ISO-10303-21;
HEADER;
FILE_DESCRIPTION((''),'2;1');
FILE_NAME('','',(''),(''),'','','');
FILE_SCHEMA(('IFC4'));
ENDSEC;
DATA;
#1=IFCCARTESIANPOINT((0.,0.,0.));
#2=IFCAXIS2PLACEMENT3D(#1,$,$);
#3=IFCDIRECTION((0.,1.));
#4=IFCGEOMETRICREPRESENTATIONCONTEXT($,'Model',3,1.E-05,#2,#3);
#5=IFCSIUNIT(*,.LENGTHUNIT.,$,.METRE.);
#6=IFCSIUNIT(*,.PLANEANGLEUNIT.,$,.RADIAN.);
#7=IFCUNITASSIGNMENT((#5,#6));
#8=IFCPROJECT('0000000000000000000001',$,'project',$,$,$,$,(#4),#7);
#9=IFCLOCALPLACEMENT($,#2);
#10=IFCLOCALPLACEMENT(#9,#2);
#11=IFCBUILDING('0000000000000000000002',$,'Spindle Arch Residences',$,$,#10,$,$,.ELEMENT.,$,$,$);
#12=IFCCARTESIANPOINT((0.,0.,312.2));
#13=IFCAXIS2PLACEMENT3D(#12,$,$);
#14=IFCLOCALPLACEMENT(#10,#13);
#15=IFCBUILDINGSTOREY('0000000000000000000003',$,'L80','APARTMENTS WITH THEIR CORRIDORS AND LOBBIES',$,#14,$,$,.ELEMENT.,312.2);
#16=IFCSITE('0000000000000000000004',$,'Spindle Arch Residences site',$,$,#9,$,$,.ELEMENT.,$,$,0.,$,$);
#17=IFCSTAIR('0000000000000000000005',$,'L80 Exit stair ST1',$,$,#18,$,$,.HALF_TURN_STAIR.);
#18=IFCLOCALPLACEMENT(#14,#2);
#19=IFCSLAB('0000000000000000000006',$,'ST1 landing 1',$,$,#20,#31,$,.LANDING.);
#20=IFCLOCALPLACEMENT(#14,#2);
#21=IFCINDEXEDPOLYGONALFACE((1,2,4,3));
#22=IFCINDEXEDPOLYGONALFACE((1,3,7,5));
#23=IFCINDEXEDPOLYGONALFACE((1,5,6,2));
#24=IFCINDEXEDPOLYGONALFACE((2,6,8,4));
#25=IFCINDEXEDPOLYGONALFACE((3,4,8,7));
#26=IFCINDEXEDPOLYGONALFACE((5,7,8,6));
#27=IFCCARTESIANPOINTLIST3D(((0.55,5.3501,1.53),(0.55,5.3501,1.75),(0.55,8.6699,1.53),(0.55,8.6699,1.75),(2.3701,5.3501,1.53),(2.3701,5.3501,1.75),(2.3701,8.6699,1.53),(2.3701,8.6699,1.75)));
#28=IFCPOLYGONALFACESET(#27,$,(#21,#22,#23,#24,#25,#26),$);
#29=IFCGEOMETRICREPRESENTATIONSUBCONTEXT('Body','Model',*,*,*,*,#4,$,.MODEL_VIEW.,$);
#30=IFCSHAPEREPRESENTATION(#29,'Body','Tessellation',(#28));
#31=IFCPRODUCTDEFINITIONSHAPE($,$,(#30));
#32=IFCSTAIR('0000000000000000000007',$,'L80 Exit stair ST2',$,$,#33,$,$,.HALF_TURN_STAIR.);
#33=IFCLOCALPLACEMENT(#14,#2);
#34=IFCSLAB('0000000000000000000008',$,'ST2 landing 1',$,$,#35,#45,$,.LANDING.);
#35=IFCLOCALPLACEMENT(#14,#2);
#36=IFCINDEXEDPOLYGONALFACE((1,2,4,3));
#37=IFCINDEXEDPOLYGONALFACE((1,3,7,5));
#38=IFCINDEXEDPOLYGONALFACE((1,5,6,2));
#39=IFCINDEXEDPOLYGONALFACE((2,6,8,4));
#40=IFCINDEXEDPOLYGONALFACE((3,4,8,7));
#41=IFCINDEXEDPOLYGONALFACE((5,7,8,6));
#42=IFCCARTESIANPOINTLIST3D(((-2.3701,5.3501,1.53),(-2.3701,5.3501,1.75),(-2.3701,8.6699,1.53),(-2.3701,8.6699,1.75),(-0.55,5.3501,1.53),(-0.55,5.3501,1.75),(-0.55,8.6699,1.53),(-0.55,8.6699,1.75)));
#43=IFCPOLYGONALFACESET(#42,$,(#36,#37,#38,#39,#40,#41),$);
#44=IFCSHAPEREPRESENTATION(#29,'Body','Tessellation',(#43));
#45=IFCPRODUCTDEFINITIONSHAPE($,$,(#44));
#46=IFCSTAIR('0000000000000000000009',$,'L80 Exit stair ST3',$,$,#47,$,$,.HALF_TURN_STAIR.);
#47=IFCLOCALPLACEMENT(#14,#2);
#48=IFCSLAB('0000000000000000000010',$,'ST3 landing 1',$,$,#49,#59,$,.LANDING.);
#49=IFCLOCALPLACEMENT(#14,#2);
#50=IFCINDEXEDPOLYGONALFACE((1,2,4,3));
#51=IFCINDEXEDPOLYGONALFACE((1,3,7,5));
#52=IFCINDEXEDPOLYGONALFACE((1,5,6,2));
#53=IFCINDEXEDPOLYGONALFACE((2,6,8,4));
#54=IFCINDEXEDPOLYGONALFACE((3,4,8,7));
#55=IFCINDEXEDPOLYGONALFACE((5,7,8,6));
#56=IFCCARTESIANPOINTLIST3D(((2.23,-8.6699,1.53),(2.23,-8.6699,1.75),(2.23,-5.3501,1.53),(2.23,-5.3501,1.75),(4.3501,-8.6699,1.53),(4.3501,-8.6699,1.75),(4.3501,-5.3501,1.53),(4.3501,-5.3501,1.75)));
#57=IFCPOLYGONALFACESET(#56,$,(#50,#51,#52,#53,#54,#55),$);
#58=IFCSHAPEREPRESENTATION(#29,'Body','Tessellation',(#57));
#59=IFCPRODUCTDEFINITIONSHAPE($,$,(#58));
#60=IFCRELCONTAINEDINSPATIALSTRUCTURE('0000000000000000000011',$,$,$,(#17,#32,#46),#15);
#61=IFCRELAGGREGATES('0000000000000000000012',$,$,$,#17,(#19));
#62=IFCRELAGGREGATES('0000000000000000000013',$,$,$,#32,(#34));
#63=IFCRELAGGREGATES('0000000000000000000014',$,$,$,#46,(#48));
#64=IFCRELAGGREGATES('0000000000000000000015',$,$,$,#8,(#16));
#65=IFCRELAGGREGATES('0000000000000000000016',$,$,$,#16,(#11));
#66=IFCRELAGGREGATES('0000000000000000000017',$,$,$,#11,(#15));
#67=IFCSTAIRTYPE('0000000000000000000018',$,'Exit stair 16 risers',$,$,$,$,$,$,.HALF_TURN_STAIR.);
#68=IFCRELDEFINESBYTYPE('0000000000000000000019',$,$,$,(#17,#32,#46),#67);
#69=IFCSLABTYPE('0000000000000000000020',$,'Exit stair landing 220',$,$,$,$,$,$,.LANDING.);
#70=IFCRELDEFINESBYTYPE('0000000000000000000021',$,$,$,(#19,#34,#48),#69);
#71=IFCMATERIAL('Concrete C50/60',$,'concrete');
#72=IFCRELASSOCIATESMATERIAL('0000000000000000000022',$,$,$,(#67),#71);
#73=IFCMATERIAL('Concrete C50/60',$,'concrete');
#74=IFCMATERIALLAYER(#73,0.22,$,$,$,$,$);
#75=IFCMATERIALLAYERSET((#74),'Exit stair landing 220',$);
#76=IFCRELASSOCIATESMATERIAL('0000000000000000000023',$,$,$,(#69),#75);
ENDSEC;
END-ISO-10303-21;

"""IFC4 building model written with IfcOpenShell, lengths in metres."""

from ifc_helpers import new_model, si_unit, direction, frame, origin, place, context, subcontext, project, spatial, polyline, outline, extrude, material, layer, layer_set, type_object, element, aggregate, save


model = new_model("IFC4")

# Units and contexts
model_context = context("Model", 3, precision=1e-05, world=origin(), true_north=direction((0.0, 1.0)))
body_context = subcontext(model_context, "Body", "Model", "MODEL_VIEW")
ifc_project = project(units=[si_unit("LENGTHUNIT", "METRE"), si_unit("PLANEANGLEUNIT", "RADIAN")], contexts=[model_context])

# Site, building, storey
site_placement = place(None, origin())
site = spatial("IfcSite", under=ifc_project, at=site_placement, Name="Spindle Arch Residences site", CompositionType="ELEMENT", RefElevation=0.0)
building_placement = place(site_placement, origin())
building = spatial("IfcBuilding", under=site, at=building_placement, Name="Spindle Arch Residences", CompositionType="ELEMENT")
storey_placement = place(building_placement, frame((0.0, 0.0, 312.2)))
storey = spatial("IfcBuildingStorey", under=building, at=storey_placement, Name="L80", Description="APARTMENTS WITH THEIR CORRIDORS AND LOBBIES", CompositionType="ELEMENT", Elevation=312.2)

# Stairs, slabs
ifc_material_1 = material(Name="Concrete C50/60", Category="concrete")
stair_type = type_object("IfcStairType", Name="Exit stair 16 risers", PredefinedType="HALF_TURN_STAIR", material=ifc_material_1)
stair_1_placement = place(storey_placement, origin())
stair_1 = element("IfcStair", 1, at=stair_1_placement, inside=storey, type_object=stair_type, Name="L80 Exit stair ST1", PredefinedType="HALF_TURN_STAIR")
ifc_material_2 = material(Name="Concrete C50/60", Category="concrete")
ifc_layer_1 = layer(ifc_material_2, 0.22)
ifc_layer_set_1 = layer_set([ifc_layer_1], Name="Exit stair landing 220")
slab_type_1 = type_object("IfcSlabType", Name="Exit stair landing 220", PredefinedType="LANDING", material=ifc_layer_set_1)
slab_1_placement = place(storey_placement, frame((0.0, 0.0, 1.53)))
slab_1 = element("IfcSlab", 2, at=slab_1_placement, type_object=slab_type_1, Name="ST1 landing 1", PredefinedType="LANDING", context=body_context, shape_type="SweptSolid", body=[
    extrude(outline(polyline([(2.3701, 8.6699), (0.55, 8.6699), (0.55, 5.3501), (2.3701, 5.3501), (2.3701, 8.6699)])), origin(), (0.0, 0.0, 1.0), 0.22),
])
aggregate(stair_1, [slab_1])
stair_2_placement = place(storey_placement, origin())
stair_2 = element("IfcStair", 3, at=stair_2_placement, inside=storey, type_object=stair_type, Name="L80 Exit stair ST2", PredefinedType="HALF_TURN_STAIR")
slab_2_placement = place(storey_placement, frame((0.0, 0.0, 1.53)))
slab_2 = element("IfcSlab", 4, at=slab_2_placement, type_object=slab_type_1, Name="ST2 landing 1", PredefinedType="LANDING", context=body_context, shape_type="SweptSolid", body=[
    extrude(outline(polyline([(-2.3701, 5.3501), (-0.55, 5.3501), (-0.55, 8.6699), (-2.3701, 8.6699), (-2.3701, 5.3501)])), origin(), (0.0, 0.0, 1.0), 0.22),
])
aggregate(stair_2, [slab_2])
stair_3_placement = place(storey_placement, origin())
stair_3 = element("IfcStair", 5, at=stair_3_placement, inside=storey, type_object=stair_type, Name="L80 Exit stair ST3", PredefinedType="HALF_TURN_STAIR")
slab_3_placement = place(storey_placement, frame((0.0, 0.0, 1.53)))
slab_3 = element("IfcSlab", 6, at=slab_3_placement, type_object=slab_type_1, Name="ST3 landing 1", PredefinedType="LANDING", context=body_context, shape_type="SweptSolid", body=[
    extrude(outline(polyline([(2.23, -8.6699), (4.3501, -8.6699), (4.3501, -5.3501), (2.23, -5.3501), (2.23, -8.6699)])), origin(), (0.0, 0.0, 1.0), 0.22),
])

aggregate(stair_3, [slab_3])

save(model, "model.ifc")
